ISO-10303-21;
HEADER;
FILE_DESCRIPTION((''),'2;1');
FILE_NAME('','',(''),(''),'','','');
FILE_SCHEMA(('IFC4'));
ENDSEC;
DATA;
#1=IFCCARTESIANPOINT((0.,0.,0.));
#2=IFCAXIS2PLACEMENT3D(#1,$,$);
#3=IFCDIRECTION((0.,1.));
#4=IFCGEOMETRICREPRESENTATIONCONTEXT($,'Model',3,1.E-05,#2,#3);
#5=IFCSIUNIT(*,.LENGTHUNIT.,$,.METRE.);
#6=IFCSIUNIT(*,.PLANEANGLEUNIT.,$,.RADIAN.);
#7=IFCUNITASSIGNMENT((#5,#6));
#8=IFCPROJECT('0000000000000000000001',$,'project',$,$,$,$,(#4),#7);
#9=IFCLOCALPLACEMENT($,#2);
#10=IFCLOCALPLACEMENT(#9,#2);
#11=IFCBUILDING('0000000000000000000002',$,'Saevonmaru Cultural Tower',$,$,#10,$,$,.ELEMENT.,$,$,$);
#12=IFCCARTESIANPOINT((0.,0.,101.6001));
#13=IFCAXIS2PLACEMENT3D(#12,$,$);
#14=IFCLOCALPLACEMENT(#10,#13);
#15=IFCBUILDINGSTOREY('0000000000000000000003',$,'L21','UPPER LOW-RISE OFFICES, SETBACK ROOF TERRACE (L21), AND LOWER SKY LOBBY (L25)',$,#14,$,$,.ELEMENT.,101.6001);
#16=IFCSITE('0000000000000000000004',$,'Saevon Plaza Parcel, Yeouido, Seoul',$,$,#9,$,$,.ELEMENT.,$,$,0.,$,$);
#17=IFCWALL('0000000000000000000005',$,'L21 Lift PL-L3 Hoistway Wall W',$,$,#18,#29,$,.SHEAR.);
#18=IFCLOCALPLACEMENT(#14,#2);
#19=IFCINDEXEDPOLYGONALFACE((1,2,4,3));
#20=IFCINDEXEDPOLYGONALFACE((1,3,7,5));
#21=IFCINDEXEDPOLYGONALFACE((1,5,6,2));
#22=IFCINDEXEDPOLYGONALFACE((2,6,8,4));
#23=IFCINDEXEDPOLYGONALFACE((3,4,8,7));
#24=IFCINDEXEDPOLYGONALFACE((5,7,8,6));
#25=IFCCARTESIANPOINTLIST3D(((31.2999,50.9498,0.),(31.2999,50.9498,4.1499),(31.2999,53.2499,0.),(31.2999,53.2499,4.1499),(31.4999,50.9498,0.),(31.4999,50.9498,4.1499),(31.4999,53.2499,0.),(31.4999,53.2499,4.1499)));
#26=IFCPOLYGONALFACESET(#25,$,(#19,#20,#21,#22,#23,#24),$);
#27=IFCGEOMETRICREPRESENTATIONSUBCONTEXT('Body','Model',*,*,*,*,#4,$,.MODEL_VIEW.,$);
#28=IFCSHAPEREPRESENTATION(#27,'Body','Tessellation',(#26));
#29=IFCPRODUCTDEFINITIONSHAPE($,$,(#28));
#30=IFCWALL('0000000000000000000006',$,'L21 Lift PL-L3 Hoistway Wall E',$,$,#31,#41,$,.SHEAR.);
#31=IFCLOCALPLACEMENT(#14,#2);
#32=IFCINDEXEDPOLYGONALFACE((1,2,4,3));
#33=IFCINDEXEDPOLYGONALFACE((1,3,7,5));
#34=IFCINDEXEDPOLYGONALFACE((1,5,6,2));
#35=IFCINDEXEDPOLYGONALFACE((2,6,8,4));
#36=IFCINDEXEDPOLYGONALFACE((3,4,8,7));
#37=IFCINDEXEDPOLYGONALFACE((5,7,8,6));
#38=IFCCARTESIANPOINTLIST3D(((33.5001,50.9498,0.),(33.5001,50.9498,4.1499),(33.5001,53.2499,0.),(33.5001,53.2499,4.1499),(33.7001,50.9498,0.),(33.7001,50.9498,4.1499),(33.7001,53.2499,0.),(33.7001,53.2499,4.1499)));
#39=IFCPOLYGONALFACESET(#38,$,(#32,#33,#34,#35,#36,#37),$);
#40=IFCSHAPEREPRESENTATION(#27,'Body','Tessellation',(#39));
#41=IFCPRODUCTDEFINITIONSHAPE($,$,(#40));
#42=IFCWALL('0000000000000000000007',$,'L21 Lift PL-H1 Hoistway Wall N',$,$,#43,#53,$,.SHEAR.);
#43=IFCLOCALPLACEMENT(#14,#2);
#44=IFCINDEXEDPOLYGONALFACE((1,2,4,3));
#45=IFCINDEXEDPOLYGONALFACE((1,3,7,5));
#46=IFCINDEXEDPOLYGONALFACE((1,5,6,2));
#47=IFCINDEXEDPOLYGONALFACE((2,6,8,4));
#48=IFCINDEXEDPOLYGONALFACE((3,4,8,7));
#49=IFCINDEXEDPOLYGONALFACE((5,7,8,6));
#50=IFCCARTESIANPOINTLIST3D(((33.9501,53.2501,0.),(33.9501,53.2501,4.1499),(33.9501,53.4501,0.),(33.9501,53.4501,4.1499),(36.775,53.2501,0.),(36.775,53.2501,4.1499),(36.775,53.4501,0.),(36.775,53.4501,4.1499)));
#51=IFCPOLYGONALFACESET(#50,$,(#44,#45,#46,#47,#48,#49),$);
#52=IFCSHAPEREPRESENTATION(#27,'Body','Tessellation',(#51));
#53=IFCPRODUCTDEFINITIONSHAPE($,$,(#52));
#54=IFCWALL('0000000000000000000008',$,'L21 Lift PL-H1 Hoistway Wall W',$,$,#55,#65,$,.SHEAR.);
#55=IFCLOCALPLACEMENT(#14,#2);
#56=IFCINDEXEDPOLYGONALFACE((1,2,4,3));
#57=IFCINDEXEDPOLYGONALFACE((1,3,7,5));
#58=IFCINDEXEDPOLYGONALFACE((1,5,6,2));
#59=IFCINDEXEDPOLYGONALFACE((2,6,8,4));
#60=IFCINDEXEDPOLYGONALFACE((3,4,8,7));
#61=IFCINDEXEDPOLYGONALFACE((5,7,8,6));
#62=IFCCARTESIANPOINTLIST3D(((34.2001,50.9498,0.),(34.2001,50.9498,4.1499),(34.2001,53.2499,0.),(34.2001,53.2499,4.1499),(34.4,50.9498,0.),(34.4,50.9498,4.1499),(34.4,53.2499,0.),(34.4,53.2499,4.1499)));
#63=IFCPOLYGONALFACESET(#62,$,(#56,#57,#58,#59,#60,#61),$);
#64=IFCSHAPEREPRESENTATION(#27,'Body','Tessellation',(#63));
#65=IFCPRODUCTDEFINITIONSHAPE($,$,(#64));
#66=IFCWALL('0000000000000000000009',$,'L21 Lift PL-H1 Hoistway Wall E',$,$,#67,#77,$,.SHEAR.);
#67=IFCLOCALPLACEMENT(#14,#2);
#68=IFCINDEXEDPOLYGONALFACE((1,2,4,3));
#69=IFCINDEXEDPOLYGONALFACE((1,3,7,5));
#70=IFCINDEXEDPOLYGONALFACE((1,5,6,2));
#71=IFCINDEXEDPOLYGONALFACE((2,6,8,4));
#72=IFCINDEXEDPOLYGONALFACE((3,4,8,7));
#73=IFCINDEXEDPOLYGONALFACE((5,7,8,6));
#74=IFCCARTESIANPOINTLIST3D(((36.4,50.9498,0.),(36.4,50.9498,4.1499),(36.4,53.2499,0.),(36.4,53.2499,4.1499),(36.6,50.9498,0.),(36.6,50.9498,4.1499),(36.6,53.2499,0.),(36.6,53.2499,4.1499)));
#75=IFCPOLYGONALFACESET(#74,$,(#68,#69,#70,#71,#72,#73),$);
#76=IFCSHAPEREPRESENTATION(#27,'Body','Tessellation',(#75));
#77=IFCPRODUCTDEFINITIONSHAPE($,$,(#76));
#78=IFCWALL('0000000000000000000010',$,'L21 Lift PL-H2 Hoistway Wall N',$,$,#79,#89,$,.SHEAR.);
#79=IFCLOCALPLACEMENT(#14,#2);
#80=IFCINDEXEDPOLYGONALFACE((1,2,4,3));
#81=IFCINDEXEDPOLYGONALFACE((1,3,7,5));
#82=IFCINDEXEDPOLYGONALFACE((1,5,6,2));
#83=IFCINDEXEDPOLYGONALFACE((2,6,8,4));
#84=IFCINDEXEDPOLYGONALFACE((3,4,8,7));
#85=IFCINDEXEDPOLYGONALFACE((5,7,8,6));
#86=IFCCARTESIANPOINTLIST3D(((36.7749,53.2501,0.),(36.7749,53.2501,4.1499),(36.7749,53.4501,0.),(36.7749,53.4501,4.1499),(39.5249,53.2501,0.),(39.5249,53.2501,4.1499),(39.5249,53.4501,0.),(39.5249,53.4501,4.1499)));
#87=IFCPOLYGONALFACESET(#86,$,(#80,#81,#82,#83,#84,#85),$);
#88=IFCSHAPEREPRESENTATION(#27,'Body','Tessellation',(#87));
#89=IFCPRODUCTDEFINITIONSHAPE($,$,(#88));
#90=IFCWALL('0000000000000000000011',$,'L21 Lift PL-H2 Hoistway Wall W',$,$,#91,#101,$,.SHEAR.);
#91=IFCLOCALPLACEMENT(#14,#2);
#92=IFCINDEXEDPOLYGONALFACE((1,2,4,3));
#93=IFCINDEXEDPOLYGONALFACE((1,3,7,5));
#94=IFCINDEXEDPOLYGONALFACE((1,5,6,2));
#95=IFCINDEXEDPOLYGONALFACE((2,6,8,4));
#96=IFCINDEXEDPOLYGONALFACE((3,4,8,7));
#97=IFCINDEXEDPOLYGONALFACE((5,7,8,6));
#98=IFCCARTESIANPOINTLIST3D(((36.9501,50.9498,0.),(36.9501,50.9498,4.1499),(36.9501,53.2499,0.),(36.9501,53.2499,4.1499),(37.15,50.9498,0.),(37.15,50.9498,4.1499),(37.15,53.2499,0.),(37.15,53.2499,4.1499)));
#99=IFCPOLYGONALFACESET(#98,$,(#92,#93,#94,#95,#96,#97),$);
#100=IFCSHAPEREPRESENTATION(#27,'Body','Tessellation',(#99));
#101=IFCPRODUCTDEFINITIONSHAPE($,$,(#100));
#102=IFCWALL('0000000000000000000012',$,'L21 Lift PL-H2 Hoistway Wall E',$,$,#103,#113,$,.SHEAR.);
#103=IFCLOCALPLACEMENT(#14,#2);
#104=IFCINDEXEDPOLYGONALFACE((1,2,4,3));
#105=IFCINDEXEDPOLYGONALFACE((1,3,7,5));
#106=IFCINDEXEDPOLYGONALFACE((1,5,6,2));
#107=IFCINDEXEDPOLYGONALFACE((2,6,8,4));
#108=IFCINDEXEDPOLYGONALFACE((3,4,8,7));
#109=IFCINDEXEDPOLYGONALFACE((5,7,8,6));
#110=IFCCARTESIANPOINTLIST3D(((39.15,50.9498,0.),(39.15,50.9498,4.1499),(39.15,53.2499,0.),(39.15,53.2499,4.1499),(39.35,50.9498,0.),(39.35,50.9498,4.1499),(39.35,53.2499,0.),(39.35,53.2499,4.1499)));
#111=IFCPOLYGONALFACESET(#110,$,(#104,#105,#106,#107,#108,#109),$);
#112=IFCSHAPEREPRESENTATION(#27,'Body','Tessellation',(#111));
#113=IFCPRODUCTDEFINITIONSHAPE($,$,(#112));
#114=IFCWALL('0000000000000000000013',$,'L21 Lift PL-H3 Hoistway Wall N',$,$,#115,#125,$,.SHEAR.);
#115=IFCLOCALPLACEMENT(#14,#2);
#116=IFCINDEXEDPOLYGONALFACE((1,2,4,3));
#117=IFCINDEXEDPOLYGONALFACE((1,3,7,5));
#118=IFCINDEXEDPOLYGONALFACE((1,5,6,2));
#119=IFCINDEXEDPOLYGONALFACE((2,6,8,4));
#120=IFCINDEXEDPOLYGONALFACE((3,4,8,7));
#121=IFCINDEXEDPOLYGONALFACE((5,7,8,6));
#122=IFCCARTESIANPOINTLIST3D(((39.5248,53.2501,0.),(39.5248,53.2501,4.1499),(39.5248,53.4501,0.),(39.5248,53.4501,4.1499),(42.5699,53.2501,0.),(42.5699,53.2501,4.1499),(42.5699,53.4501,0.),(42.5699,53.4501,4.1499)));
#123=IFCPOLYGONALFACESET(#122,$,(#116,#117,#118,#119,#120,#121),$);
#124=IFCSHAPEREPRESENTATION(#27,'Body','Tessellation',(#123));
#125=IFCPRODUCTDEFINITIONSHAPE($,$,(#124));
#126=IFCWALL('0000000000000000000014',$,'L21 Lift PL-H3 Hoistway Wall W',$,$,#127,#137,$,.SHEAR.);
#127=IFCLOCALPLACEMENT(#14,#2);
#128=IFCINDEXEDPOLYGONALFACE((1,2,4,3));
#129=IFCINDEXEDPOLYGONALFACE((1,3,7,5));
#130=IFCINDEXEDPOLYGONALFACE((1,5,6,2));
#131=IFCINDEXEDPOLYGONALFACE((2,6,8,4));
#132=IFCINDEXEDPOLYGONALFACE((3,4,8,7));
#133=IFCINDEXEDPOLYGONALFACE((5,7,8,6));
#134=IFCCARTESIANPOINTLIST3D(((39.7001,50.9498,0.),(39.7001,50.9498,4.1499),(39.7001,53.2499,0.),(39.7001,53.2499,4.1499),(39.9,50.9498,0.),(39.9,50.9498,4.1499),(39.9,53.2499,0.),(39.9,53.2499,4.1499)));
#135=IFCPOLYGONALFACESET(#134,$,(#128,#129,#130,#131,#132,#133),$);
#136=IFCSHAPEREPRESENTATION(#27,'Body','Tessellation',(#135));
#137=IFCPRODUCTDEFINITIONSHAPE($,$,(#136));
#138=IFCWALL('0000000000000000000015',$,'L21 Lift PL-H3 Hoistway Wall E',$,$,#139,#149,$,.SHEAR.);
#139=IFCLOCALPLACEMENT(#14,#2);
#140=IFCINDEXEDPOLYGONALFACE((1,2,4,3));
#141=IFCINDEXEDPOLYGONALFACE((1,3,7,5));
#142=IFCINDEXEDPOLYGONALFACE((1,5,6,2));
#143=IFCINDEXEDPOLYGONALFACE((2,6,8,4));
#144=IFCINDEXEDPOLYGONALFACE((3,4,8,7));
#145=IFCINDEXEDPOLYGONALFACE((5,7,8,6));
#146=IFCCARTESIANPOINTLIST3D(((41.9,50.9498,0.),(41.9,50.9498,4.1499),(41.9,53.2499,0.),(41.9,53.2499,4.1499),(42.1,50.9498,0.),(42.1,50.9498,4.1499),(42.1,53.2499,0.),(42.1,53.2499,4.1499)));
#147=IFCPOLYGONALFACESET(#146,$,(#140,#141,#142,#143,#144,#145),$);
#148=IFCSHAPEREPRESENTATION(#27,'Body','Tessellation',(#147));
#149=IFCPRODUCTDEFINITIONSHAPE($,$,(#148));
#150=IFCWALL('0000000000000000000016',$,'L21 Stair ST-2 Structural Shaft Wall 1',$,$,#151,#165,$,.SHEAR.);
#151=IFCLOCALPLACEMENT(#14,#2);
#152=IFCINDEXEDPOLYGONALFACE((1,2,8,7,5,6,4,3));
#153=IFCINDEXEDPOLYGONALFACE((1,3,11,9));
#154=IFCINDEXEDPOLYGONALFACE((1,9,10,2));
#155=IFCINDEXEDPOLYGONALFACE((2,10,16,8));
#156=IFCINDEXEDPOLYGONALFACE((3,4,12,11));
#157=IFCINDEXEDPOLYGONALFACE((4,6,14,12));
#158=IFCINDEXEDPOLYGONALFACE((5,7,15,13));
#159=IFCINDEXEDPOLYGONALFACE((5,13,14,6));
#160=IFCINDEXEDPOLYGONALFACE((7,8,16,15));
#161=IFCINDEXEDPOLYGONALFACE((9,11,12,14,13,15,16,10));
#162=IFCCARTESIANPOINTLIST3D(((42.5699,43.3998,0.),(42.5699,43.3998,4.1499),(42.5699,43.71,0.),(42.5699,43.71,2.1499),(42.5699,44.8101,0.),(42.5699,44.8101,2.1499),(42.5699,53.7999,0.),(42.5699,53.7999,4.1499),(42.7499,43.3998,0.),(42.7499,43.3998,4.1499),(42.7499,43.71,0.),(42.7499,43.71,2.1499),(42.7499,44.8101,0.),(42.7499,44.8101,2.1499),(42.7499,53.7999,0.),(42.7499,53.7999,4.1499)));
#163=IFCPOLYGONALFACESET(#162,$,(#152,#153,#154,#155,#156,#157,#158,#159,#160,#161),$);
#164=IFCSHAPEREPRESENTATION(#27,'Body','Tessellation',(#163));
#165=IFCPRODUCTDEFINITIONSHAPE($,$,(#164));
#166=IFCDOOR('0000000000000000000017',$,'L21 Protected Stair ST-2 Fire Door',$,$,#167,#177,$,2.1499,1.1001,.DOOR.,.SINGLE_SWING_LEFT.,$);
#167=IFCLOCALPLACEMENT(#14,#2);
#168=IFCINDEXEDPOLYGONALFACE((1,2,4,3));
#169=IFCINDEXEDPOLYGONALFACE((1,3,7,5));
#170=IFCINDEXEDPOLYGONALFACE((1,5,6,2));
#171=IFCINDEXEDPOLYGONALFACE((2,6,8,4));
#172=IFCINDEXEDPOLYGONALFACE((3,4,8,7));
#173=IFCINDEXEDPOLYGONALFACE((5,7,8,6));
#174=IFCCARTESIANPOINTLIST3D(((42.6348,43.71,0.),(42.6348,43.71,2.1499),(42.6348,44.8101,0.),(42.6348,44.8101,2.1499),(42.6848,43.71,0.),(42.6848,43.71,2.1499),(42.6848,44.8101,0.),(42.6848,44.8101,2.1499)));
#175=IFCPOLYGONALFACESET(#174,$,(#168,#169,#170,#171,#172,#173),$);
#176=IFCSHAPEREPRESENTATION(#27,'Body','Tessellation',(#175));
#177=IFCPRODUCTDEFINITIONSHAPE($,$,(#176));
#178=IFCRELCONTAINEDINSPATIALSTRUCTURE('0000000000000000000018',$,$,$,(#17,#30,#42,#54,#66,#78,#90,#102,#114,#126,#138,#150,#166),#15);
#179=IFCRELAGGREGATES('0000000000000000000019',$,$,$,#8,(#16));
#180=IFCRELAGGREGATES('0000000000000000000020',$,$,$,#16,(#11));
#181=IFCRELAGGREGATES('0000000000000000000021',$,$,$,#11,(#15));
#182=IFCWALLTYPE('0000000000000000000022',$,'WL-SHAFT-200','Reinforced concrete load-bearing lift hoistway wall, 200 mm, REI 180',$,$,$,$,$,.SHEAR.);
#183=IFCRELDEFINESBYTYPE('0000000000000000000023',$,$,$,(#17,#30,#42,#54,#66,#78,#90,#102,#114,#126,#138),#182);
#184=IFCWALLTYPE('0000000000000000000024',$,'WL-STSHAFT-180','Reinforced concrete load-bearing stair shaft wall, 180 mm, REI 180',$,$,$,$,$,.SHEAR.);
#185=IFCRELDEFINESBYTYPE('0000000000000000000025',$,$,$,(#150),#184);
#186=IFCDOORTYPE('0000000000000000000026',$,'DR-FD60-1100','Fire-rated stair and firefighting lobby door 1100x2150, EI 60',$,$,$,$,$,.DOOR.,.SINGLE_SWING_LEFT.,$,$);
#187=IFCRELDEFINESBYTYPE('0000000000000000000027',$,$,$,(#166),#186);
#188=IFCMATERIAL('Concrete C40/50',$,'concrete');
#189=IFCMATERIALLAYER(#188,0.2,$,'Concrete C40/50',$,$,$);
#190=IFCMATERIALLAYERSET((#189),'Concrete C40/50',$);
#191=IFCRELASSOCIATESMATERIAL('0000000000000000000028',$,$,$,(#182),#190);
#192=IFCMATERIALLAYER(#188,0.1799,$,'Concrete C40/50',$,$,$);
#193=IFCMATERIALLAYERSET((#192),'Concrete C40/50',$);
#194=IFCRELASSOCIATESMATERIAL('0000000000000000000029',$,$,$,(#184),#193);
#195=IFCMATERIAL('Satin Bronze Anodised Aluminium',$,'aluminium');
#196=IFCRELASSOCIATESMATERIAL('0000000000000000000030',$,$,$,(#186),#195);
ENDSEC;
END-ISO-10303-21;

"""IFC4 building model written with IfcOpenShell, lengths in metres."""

from ifc_helpers import new_model, si_unit, direction, frame, frame_2d, origin, place, context, subcontext, project, spatial, rectangle, extrude, material, layer, layer_set, type_object, element, fill, save


model = new_model("IFC4")

# Units and contexts
model_context = context("Model", 3, precision=1e-05, world=origin(), true_north=direction((0.0, 1.0)))
body_context = subcontext(model_context, "Body", "Model", "MODEL_VIEW")
ifc_project = project(units=[si_unit("LENGTHUNIT", "METRE"), si_unit("PLANEANGLEUNIT", "RADIAN")], contexts=[model_context])

# Site, building, storey
site_placement = place(None, origin())
site = spatial("IfcSite", under=ifc_project, at=site_placement, Name="Saevon Plaza Parcel, Yeouido, Seoul", CompositionType="ELEMENT", RefElevation=0.0)
building_placement = place(site_placement, origin())
building = spatial("IfcBuilding", under=site, at=building_placement, Name="Saevonmaru Cultural Tower", CompositionType="ELEMENT")
storey_placement = place(building_placement, frame((0.0, 0.0, 101.6001)))
storey = spatial("IfcBuildingStorey", under=building, at=storey_placement, Name="L21", Description="UPPER LOW-RISE OFFICES, SETBACK ROOF TERRACE (L21), AND LOWER SKY LOBBY (L25)", CompositionType="ELEMENT", Elevation=101.6001)

# Shared definitions
ifc_material_1 = material(Name="Satin Bronze Anodised Aluminium", Category="aluminium")

# Walls
ifc_material_2 = material(Name="Concrete C40/50", Category="concrete")
ifc_layer_1 = layer(ifc_material_2, 0.2, Name="Concrete C40/50")
ifc_layer_set_1 = layer_set([ifc_layer_1], Name="Concrete C40/50")
wall_type_1 = type_object("IfcWallType", Name="WL-SHAFT-200", Description="Reinforced concrete load-bearing lift hoistway wall, 200 mm, REI 180", PredefinedType="SHEAR", material=ifc_layer_set_1)
for number, where, z_axis, x_axis, name in (
    (1, (31.3999, 50.95, 0.0), (0.0, 0.0, 1.0), (0.0, 1.0, 0.0), "L21 Lift PL-L3 Hoistway Wall W"),
    (2, (33.6001, 50.95, 0.0), (0.0, 0.0, 1.0), (0.0, 1.0, 0.0), "L21 Lift PL-L3 Hoistway Wall E"),
):
    element("IfcWall", number, at=place(storey_placement, frame(where, z_axis=z_axis, x_axis=x_axis)), inside=storey, type_object=wall_type_1, Name=name, PredefinedType="SHEAR", context=body_context, shape_type="SweptSolid", body=[
        extrude(rectangle(XDim=2.3, YDim=0.2, at=frame_2d((1.1499, 0.0))), origin(), (0.0, 0.0, 1.0), 4.1499),
    ])
wall_1_placement = place(storey_placement, frame((33.95, 53.3501, 0.0), z_axis=(0.0, 0.0, 1.0), x_axis=(1.0, 0.0, 0.0)))
element("IfcWall", 3, at=wall_1_placement, inside=storey, type_object=wall_type_1, Name="L21 Lift PL-H1 Hoistway Wall N", PredefinedType="SHEAR", context=body_context, shape_type="SweptSolid", body=[
    extrude(rectangle(XDim=2.825, YDim=0.2, at=frame_2d((1.4126, 0.0))), origin(), (0.0, 0.0, 1.0), 4.1499),
])
for number, where, z_axis, x_axis, name in (
    (4, (34.3, 50.95, 0.0), (0.0, 0.0, 1.0), (0.0, 1.0, 0.0), "L21 Lift PL-H1 Hoistway Wall W"),
    (5, (36.5, 50.95, 0.0), (0.0, 0.0, 1.0), (0.0, 1.0, 0.0), "L21 Lift PL-H1 Hoistway Wall E"),
):
    element("IfcWall", number, at=place(storey_placement, frame(where, z_axis=z_axis, x_axis=x_axis)), inside=storey, type_object=wall_type_1, Name=name, PredefinedType="SHEAR", context=body_context, shape_type="SweptSolid", body=[
        extrude(rectangle(XDim=2.3, YDim=0.2, at=frame_2d((1.1499, 0.0))), origin(), (0.0, 0.0, 1.0), 4.1499),
    ])
wall_2_placement = place(storey_placement, frame((36.7749, 53.3501, 0.0), z_axis=(0.0, 0.0, 1.0), x_axis=(1.0, 0.0, 0.0)))
element("IfcWall", 6, at=wall_2_placement, inside=storey, type_object=wall_type_1, Name="L21 Lift PL-H2 Hoistway Wall N", PredefinedType="SHEAR", context=body_context, shape_type="SweptSolid", body=[
    extrude(rectangle(XDim=2.75, YDim=0.2, at=frame_2d((1.375, 0.0))), origin(), (0.0, 0.0, 1.0), 4.1499),
])
for number, where, z_axis, x_axis, name in (
    (7, (37.05, 50.95, 0.0), (0.0, 0.0, 1.0), (0.0, 1.0, 0.0), "L21 Lift PL-H2 Hoistway Wall W"),
    (8, (39.25, 50.95, 0.0), (0.0, 0.0, 1.0), (0.0, 1.0, 0.0), "L21 Lift PL-H2 Hoistway Wall E"),
):
    element("IfcWall", number, at=place(storey_placement, frame(where, z_axis=z_axis, x_axis=x_axis)), inside=storey, type_object=wall_type_1, Name=name, PredefinedType="SHEAR", context=body_context, shape_type="SweptSolid", body=[
        extrude(rectangle(XDim=2.3, YDim=0.2, at=frame_2d((1.1499, 0.0))), origin(), (0.0, 0.0, 1.0), 4.1499),
    ])
wall_3_placement = place(storey_placement, frame((39.5249, 53.3501, 0.0), z_axis=(0.0, 0.0, 1.0), x_axis=(1.0, 0.0, 0.0)))
element("IfcWall", 9, at=wall_3_placement, inside=storey, type_object=wall_type_1, Name="L21 Lift PL-H3 Hoistway Wall N", PredefinedType="SHEAR", context=body_context, shape_type="SweptSolid", body=[
    extrude(rectangle(XDim=3.0452, YDim=0.2, at=frame_2d((1.5225, 0.0))), origin(), (0.0, 0.0, 1.0), 4.1499),
])
for number, where, z_axis, x_axis, name in (
    (10, (39.8, 50.95, 0.0), (0.0, 0.0, 1.0), (0.0, 1.0, 0.0), "L21 Lift PL-H3 Hoistway Wall W"),
    (11, (42.0, 50.95, 0.0), (0.0, 0.0, 1.0), (0.0, 1.0, 0.0), "L21 Lift PL-H3 Hoistway Wall E"),
):
    element("IfcWall", number, at=place(storey_placement, frame(where, z_axis=z_axis, x_axis=x_axis)), inside=storey, type_object=wall_type_1, Name=name, PredefinedType="SHEAR", context=body_context, shape_type="SweptSolid", body=[
        extrude(rectangle(XDim=2.3, YDim=0.2, at=frame_2d((1.1499, 0.0))), origin(), (0.0, 0.0, 1.0), 4.1499),
    ])

# Wall, opening, door
ifc_layer_2 = layer(ifc_material_2, 0.1799, Name="Concrete C40/50")
ifc_layer_set_2 = layer_set([ifc_layer_2], Name="Concrete C40/50")
wall_type_2 = type_object("IfcWallType", Name="WL-STSHAFT-180", Description="Reinforced concrete load-bearing stair shaft wall, 180 mm, REI 180", PredefinedType="SHEAR", material=ifc_layer_set_2)
wall_4_placement = place(storey_placement, frame((42.6599, 53.8, 0.0), z_axis=(0.0, 0.0, 1.0), x_axis=(0.0, -1.0, 0.0)))
wall_4 = element("IfcWall", 12, at=wall_4_placement, inside=storey, type_object=wall_type_2, Name="L21 Stair ST-2 Structural Shaft Wall 1", PredefinedType="SHEAR", context=body_context, shape_type="SweptSolid", body=[
    extrude(rectangle(XDim=10.4001, YDim=0.1799, at=frame_2d((5.2002, 0.0))), origin(), (0.0, 0.0, 1.0), 4.1499),
])
opening_placement = place(wall_4_placement, frame((8.99, 0.0, 0.0)))
opening = element("IfcOpeningElement", 13, at=opening_placement, cuts=wall_4, PredefinedType="OPENING", context=body_context, shape_type="SweptSolid", body=[
    extrude(rectangle(XDim=1.1001, YDim=2.1499, at=frame_2d((0.55, 1.075))), frame((0.0, 0.1001, 0.0), z_axis=(0.0, -1.0, 0.0), x_axis=(1.0, 0.0, 0.0)), (0.0, 0.0, 1.0), 0.2),
])
door_type = type_object("IfcDoorType", Name="DR-FD60-1100", Description="Fire-rated stair and firefighting lobby door 1100x2150, EI 60", OperationType="SINGLE_SWING_LEFT", PredefinedType="DOOR", material=ifc_material_1)
door_placement = place(opening_placement, origin())
door = element("IfcDoor", 14, at=door_placement, inside=storey, type_object=door_type, Name="L21 Protected Stair ST-2 Fire Door", OperationType="SINGLE_SWING_LEFT", OverallHeight=2.1499, OverallWidth=1.1001, PredefinedType="DOOR", context=body_context, shape_type="SweptSolid", body=[
    extrude(rectangle(XDim=1.1001, YDim=2.1499, at=frame_2d((0.55, 1.075))), frame((0.0, 0.0249, 0.0), z_axis=(0.0, -1.0, 0.0), x_axis=(1.0, 0.0, 0.0)), (0.0, 0.0, 1.0), 0.05),
])
fill(opening, door)

save(model, "model.ifc")
